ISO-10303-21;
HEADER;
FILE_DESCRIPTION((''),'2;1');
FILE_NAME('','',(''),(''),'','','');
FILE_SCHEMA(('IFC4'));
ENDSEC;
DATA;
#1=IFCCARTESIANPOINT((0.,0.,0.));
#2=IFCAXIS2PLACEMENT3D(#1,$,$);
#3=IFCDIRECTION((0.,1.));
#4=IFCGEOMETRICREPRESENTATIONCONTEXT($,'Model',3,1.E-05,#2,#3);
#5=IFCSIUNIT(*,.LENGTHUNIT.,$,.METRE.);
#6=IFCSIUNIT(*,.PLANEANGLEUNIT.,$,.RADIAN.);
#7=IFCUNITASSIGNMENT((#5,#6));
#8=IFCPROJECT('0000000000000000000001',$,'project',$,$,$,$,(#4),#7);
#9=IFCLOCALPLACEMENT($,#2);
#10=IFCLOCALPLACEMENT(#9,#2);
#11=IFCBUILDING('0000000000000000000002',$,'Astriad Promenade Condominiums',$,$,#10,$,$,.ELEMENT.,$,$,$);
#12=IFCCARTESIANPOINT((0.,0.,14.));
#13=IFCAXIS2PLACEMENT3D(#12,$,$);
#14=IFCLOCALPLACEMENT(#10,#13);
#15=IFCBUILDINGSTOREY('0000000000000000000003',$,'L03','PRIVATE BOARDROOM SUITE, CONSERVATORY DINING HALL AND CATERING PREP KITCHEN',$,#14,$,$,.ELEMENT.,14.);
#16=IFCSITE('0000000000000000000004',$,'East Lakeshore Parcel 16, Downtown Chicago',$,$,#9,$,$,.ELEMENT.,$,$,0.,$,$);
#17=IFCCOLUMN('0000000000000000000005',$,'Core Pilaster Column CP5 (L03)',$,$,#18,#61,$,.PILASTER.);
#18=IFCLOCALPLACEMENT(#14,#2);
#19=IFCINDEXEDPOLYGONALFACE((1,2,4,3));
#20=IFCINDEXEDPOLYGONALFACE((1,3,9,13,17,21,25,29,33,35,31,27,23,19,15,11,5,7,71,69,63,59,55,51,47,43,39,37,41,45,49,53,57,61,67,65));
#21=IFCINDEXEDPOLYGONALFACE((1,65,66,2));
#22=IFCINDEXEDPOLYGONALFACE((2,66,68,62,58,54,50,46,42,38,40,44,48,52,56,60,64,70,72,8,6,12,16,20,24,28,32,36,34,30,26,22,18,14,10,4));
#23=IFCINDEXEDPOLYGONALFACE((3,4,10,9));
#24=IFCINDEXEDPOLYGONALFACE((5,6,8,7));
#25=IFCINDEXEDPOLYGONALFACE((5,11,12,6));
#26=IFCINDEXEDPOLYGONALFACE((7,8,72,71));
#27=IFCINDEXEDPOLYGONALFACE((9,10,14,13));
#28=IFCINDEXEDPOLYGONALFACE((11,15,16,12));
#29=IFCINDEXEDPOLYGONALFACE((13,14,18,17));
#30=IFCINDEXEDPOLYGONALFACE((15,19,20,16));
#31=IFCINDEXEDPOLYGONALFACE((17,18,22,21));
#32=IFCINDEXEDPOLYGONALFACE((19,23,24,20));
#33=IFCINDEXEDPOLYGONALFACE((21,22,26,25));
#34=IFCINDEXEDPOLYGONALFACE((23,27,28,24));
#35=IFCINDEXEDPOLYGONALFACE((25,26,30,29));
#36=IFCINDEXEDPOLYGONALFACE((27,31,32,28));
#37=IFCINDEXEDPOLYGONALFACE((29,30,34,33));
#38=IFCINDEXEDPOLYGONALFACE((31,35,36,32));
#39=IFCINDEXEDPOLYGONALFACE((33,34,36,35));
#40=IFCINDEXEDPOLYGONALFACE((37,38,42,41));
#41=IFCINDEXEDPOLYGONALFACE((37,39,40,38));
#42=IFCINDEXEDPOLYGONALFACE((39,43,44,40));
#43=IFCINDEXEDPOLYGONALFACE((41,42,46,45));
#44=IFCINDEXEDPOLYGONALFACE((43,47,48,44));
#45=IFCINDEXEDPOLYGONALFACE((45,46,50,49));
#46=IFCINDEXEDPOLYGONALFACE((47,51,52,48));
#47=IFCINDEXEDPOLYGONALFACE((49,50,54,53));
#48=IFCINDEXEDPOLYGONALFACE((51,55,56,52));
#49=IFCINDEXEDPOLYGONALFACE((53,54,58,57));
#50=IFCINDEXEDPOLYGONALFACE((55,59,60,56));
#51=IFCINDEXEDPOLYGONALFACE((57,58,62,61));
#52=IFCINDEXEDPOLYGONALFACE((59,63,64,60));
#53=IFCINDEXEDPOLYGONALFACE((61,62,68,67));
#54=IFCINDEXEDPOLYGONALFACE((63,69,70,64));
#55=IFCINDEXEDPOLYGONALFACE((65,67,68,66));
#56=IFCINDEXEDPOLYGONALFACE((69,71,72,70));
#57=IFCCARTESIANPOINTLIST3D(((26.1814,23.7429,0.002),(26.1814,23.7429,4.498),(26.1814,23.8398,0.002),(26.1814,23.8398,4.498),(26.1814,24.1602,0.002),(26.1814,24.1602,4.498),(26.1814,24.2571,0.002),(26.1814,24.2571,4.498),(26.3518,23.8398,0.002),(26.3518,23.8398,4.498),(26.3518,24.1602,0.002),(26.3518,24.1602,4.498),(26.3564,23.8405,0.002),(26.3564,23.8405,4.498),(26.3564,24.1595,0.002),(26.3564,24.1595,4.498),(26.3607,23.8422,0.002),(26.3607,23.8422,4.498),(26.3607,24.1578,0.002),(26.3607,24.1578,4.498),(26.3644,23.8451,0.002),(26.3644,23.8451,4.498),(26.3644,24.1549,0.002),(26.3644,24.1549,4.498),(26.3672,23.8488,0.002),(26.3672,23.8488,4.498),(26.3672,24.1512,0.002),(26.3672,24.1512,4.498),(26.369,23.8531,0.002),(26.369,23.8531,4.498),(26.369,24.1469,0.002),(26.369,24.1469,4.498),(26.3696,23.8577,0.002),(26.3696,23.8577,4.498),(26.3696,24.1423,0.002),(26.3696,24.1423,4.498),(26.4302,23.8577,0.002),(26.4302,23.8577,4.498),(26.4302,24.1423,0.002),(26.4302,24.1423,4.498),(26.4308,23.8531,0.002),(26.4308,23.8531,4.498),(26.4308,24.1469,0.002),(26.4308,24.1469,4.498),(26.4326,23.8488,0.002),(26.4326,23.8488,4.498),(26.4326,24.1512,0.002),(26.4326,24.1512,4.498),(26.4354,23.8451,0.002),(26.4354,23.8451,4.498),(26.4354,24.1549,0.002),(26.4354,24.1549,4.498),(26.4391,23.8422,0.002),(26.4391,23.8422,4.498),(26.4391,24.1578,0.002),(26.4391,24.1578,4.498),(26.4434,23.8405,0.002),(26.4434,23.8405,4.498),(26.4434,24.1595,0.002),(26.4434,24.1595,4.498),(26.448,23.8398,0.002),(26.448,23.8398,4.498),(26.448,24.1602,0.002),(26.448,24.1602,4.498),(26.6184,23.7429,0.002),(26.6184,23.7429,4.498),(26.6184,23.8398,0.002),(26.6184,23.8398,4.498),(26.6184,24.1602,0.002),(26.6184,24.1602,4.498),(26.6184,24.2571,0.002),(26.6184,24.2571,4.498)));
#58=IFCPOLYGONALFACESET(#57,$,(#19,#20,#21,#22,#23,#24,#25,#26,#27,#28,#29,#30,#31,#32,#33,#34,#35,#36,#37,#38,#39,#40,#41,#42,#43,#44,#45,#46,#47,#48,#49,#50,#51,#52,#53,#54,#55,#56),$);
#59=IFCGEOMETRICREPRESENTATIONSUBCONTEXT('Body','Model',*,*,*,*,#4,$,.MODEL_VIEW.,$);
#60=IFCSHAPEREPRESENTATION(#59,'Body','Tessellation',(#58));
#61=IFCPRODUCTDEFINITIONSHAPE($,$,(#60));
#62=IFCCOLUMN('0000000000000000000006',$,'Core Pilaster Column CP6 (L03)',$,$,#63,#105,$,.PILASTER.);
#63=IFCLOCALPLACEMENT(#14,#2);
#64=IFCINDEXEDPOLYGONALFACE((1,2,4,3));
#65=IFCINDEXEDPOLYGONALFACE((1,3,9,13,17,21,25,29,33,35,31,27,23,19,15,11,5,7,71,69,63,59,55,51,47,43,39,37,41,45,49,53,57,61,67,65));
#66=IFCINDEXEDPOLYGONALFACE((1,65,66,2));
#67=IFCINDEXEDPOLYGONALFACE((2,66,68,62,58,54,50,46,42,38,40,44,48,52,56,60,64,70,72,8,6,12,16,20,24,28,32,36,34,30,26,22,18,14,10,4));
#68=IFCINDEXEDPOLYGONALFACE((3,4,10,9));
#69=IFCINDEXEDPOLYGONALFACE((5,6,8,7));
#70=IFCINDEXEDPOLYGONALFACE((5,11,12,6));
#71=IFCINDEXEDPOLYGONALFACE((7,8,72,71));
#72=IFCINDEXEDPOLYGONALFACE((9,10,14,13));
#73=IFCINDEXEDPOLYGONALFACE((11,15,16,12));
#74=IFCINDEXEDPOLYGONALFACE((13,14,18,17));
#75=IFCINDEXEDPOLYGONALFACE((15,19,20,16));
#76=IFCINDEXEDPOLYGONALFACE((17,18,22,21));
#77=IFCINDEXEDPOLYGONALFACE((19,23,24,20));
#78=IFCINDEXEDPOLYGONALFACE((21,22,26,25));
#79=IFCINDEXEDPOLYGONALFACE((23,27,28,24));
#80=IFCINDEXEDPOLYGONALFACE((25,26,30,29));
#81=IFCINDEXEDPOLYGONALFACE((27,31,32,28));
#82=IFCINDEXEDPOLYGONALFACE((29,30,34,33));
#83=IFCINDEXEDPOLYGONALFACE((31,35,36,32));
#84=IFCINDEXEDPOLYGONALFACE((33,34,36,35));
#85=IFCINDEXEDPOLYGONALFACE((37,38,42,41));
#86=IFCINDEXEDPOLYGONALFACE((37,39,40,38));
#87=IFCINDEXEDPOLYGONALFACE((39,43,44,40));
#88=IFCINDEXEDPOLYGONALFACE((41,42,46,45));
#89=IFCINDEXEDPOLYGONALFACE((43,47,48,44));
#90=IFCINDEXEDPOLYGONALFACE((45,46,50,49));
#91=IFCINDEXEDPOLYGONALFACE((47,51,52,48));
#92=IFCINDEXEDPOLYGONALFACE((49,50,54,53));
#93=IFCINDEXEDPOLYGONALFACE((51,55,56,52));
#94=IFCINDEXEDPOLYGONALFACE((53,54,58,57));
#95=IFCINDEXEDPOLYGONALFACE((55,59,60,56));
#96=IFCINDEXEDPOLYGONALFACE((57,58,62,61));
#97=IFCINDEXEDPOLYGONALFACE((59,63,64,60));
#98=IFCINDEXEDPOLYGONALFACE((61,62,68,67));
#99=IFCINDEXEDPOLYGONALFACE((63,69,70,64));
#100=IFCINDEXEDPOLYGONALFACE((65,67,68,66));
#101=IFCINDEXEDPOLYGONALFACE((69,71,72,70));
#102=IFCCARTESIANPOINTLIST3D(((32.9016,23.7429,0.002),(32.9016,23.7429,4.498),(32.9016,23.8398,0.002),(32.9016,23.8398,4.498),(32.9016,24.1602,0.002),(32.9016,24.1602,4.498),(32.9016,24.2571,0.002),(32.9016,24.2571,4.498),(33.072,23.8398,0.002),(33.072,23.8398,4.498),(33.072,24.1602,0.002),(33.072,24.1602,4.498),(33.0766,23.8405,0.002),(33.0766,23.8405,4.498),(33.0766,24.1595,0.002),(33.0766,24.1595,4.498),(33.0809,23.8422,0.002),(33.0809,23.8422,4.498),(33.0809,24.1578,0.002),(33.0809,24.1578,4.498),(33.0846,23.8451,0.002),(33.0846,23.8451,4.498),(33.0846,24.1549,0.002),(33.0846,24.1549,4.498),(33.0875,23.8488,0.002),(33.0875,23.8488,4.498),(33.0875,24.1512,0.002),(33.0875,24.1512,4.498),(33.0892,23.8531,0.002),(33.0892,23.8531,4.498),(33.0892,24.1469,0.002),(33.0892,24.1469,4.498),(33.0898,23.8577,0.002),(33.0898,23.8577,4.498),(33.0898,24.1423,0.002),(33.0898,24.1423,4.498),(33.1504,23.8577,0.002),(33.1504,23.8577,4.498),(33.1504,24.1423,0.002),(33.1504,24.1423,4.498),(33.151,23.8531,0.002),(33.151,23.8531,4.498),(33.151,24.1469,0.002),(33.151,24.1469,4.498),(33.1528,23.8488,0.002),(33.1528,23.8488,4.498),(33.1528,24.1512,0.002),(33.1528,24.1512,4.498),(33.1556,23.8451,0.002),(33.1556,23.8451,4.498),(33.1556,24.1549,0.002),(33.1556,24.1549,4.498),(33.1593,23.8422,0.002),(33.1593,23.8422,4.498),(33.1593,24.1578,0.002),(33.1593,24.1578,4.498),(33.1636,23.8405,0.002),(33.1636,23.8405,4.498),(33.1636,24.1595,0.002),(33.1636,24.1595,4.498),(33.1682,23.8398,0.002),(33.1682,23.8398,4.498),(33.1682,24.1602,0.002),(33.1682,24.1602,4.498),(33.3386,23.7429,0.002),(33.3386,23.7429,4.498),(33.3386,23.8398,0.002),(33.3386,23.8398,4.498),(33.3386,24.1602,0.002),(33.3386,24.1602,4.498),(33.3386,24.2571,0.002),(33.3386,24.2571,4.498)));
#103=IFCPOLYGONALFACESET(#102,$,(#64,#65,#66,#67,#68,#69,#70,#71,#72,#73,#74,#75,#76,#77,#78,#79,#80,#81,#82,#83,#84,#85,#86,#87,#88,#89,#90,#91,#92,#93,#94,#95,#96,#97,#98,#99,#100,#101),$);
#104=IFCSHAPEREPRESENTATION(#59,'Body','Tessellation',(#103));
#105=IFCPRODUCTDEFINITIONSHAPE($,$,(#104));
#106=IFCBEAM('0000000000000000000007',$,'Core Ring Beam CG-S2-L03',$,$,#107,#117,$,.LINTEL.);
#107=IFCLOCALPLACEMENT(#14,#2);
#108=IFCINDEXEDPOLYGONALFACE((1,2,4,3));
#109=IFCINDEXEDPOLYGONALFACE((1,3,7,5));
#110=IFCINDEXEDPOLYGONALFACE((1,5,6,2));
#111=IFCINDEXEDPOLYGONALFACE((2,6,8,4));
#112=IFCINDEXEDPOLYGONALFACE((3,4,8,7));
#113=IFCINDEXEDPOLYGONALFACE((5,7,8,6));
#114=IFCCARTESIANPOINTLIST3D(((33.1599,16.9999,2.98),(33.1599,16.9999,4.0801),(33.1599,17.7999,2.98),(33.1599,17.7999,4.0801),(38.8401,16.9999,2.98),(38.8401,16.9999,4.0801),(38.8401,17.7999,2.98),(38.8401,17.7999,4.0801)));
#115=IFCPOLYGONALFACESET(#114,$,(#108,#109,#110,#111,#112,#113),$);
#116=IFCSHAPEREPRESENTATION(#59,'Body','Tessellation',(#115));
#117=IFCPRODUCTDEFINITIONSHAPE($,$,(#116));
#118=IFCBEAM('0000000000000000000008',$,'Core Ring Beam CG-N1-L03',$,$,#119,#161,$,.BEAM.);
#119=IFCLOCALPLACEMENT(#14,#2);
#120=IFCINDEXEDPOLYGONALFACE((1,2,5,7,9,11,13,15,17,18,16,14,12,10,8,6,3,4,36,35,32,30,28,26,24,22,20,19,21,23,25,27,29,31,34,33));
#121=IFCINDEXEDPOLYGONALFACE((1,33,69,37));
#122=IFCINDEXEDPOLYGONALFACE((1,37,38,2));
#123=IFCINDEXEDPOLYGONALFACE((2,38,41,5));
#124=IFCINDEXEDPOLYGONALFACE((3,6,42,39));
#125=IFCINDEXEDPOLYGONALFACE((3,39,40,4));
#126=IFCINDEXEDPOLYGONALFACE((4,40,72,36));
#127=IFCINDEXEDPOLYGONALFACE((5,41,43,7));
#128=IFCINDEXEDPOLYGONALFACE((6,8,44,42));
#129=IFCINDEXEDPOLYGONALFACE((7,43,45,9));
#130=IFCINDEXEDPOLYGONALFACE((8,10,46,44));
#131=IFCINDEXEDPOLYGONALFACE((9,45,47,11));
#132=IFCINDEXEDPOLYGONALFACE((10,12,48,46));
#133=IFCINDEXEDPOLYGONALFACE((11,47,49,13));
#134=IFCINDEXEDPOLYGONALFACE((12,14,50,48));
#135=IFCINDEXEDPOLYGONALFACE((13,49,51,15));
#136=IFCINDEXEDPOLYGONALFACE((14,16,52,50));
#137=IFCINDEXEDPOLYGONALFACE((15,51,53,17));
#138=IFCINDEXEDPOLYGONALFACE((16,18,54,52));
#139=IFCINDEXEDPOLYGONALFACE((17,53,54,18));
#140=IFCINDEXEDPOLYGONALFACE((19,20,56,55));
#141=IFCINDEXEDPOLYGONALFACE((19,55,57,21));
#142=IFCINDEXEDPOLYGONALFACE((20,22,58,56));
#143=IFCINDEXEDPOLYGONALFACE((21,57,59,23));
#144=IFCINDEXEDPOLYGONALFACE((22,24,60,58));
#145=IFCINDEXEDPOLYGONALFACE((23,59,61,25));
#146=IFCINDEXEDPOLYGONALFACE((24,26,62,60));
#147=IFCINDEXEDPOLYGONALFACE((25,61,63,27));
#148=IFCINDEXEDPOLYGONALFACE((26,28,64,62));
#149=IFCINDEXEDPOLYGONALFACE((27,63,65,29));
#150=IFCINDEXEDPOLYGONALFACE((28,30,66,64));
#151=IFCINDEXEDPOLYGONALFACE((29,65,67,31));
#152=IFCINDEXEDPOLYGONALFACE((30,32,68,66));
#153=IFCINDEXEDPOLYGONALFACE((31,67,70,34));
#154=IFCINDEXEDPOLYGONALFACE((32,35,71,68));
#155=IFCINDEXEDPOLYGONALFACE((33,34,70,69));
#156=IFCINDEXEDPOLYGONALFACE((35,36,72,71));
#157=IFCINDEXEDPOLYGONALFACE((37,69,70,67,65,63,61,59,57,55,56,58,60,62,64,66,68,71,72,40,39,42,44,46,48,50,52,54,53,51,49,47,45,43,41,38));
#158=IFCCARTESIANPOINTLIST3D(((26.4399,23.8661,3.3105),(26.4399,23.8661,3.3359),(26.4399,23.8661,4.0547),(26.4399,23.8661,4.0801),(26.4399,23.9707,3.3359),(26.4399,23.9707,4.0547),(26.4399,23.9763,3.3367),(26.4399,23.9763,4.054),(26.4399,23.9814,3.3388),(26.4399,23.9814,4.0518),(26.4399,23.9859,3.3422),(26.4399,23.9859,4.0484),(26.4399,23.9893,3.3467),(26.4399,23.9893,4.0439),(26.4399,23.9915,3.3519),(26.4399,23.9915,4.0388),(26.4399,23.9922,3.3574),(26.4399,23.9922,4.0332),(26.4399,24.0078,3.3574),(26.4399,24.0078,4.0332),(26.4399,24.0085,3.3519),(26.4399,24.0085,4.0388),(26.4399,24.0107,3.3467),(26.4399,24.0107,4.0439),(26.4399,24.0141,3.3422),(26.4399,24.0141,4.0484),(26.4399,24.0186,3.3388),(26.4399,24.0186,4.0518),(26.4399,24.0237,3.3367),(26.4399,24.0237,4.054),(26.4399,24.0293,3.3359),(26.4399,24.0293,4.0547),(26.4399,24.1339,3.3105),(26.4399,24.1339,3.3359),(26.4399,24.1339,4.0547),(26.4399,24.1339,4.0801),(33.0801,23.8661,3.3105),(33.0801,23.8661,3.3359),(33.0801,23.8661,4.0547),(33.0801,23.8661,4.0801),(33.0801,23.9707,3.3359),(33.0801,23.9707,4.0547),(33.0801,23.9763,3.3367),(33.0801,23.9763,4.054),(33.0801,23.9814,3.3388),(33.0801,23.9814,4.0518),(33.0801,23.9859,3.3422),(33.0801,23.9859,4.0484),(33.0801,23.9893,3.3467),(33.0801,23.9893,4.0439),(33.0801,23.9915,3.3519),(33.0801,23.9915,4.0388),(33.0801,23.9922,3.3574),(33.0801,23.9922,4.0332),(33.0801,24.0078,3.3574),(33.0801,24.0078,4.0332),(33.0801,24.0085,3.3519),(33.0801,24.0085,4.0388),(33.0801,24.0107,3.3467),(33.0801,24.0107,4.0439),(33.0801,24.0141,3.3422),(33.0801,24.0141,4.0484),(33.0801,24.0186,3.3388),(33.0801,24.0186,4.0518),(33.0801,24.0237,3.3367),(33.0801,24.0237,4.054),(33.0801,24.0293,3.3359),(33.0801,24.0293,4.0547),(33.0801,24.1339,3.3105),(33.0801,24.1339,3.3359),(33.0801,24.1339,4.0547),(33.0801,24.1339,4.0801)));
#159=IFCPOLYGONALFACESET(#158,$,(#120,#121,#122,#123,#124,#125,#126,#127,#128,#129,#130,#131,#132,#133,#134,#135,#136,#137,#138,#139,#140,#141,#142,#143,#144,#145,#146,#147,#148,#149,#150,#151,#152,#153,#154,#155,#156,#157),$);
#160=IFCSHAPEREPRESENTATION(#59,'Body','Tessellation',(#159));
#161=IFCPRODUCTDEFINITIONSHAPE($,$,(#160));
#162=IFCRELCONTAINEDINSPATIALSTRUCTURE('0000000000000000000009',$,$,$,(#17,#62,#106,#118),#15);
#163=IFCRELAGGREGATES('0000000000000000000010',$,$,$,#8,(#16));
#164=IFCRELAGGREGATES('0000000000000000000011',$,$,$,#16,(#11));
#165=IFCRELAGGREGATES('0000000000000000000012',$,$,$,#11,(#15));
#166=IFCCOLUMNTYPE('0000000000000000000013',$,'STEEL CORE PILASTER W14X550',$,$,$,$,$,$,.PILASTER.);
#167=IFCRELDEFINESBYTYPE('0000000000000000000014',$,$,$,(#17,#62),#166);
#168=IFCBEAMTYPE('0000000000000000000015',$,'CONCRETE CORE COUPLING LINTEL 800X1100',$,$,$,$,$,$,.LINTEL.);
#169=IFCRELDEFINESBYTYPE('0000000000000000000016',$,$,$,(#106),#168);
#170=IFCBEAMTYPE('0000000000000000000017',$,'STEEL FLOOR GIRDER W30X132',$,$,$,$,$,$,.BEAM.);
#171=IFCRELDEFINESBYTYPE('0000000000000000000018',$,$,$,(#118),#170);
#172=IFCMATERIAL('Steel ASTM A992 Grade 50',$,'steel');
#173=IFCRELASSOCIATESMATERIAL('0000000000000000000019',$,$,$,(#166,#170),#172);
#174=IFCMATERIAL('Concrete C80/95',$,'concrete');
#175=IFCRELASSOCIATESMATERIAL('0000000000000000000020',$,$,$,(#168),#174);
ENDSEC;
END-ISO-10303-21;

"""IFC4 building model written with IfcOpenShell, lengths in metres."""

from ifc_helpers import new_model, si_unit, direction, frame, origin, origin_2d, place, context, subcontext, project, spatial, rectangle, i_section, extrude, source, transform, mapped, material, material_profile, profile_set, type_object, type_shapes, element, save


model = new_model("IFC4")

# Units and contexts
model_context = context("Model", 3, precision=1e-05, world=origin(), true_north=direction((0.0, 1.0)))
body_context = subcontext(model_context, "Body", "Model", "MODEL_VIEW")
ifc_project = project(units=[si_unit("LENGTHUNIT", "METRE"), si_unit("PLANEANGLEUNIT", "RADIAN")], contexts=[model_context])

# Site, building, storey
site_placement = place(None, origin())
site = spatial("IfcSite", under=ifc_project, at=site_placement, Name="East Lakeshore Parcel 16, Downtown Chicago", CompositionType="ELEMENT", RefElevation=0.0)
building_placement = place(site_placement, origin())
building = spatial("IfcBuilding", under=site, at=building_placement, Name="Astriad Promenade Condominiums", CompositionType="ELEMENT")
storey_placement = place(building_placement, frame((0.0, 0.0, 14.0)))
storey = spatial("IfcBuildingStorey", under=building, at=storey_placement, Name="L03", Description="PRIVATE BOARDROOM SUITE, CONSERVATORY DINING HALL AND CATERING PREP KITCHEN", CompositionType="ELEMENT", Elevation=14.0)

# Columns
ifc_material_1 = material(Name="Steel ASTM A992 Grade 50", Category="steel")
ifc_material_profile_1 = material_profile(ifc_material_1, i_section(OverallWidth=0.437, OverallDepth=0.5142, WebThickness=0.0605, FlangeThickness=0.0969, FilletRadius=0.0178, at=origin_2d()), Name="W14X550")
ifc_profile_set_1 = profile_set([ifc_material_profile_1], Name="Steel ASTM A992 Grade 50")
column_type = type_object("IfcColumnType", Name="STEEL CORE PILASTER W14X550", PredefinedType="PILASTER", material=ifc_profile_set_1)
shared_shape_1 = source(origin(), body_context, "Body", "SweptSolid", [
    extrude(i_section(OverallWidth=0.437, OverallDepth=0.5142, WebThickness=0.0605, FlangeThickness=0.0969, FilletRadius=0.0178, at=origin_2d()), origin(), (0.0, 0.0, 1.0), 4.4961),
])
type_shapes(column_type, [shared_shape_1])
for number, where, z_axis, x_axis, name in (
    (1, (26.3999, 24.0, 0.002), (0.0, 0.0, 1.0), (1.0, 0.0, 0.0), "Core Pilaster Column CP5 (L03)"),
    (2, (33.1201, 24.0, 0.002), (0.0, 0.0, 1.0), (1.0, 0.0, 0.0), "Core Pilaster Column CP6 (L03)"),
):
    element("IfcColumn", number, at=place(storey_placement, frame(where, z_axis=z_axis, x_axis=x_axis)), inside=storey, type_object=column_type, Name=name, PredefinedType="PILASTER", context=body_context, shape_type="MappedRepresentation", body=[
        mapped(shared_shape_1, transform((0.0, 0.0, 0.0), scale=1.0)),
    ])

# Beams
ifc_material_2 = material(Name="Concrete C80/95", Category="concrete")
ifc_material_profile_2 = material_profile(ifc_material_2, rectangle(XDim=0.8, YDim=1.1001, at=origin_2d()), Name="RC-BM-800X1100")
ifc_profile_set_2 = profile_set([ifc_material_profile_2], Name="Concrete C80/95")
beam_type_1 = type_object("IfcBeamType", Name="CONCRETE CORE COUPLING LINTEL 800X1100", PredefinedType="LINTEL", material=ifc_profile_set_2)
shared_shape_2 = source(origin(), body_context, "Body", "SweptSolid", [
    extrude(rectangle(XDim=0.8, YDim=1.1001, at=origin_2d()), origin(), (0.0, 0.0, 1.0), 5.6802),
])
type_shapes(beam_type_1, [shared_shape_2])
beam_1_placement = place(storey_placement, frame((33.1599, 17.3999, 3.53), z_axis=(1.0, 0.0, 0.0), x_axis=(0.0, 1.0, 0.0)))
element("IfcBeam", 3, at=beam_1_placement, inside=storey, type_object=beam_type_1, Name="Core Ring Beam CG-S2-L03", PredefinedType="LINTEL", context=body_context, shape_type="MappedRepresentation", body=[
    mapped(shared_shape_2, transform((0.0, 0.0, 0.0), scale=1.0)),
])
ifc_material_profile_3 = material_profile(ifc_material_1, i_section(OverallWidth=0.2678, OverallDepth=0.7695, WebThickness=0.0156, FlangeThickness=0.0254, FilletRadius=0.0215, at=origin_2d()), Name="W30X132")
ifc_profile_set_3 = profile_set([ifc_material_profile_3], Name="Steel ASTM A992 Grade 50")
beam_type_2 = type_object("IfcBeamType", Name="STEEL FLOOR GIRDER W30X132", PredefinedType="BEAM", material=ifc_profile_set_3)
shared_shape_3 = source(origin(), body_context, "Body", "SweptSolid", [
    extrude(i_section(OverallWidth=0.2678, OverallDepth=0.7695, WebThickness=0.0156, FlangeThickness=0.0254, FilletRadius=0.0215, at=origin_2d()), origin(), (0.0, 0.0, 1.0), 6.6401),
])
type_shapes(beam_type_2, [shared_shape_3])
beam_2_placement = place(storey_placement, frame((26.4399, 24.0, 3.6953), z_axis=(1.0, 0.0, 0.0), x_axis=(0.0, 1.0, 0.0)))
element("IfcBeam", 4, at=beam_2_placement, inside=storey, type_object=beam_type_2, Name="Core Ring Beam CG-N1-L03", PredefinedType="BEAM", context=body_context, shape_type="MappedRepresentation", body=[
    mapped(shared_shape_3, transform((0.0, 0.0, 0.0), scale=1.0)),
])

save(model, "model.ifc")
